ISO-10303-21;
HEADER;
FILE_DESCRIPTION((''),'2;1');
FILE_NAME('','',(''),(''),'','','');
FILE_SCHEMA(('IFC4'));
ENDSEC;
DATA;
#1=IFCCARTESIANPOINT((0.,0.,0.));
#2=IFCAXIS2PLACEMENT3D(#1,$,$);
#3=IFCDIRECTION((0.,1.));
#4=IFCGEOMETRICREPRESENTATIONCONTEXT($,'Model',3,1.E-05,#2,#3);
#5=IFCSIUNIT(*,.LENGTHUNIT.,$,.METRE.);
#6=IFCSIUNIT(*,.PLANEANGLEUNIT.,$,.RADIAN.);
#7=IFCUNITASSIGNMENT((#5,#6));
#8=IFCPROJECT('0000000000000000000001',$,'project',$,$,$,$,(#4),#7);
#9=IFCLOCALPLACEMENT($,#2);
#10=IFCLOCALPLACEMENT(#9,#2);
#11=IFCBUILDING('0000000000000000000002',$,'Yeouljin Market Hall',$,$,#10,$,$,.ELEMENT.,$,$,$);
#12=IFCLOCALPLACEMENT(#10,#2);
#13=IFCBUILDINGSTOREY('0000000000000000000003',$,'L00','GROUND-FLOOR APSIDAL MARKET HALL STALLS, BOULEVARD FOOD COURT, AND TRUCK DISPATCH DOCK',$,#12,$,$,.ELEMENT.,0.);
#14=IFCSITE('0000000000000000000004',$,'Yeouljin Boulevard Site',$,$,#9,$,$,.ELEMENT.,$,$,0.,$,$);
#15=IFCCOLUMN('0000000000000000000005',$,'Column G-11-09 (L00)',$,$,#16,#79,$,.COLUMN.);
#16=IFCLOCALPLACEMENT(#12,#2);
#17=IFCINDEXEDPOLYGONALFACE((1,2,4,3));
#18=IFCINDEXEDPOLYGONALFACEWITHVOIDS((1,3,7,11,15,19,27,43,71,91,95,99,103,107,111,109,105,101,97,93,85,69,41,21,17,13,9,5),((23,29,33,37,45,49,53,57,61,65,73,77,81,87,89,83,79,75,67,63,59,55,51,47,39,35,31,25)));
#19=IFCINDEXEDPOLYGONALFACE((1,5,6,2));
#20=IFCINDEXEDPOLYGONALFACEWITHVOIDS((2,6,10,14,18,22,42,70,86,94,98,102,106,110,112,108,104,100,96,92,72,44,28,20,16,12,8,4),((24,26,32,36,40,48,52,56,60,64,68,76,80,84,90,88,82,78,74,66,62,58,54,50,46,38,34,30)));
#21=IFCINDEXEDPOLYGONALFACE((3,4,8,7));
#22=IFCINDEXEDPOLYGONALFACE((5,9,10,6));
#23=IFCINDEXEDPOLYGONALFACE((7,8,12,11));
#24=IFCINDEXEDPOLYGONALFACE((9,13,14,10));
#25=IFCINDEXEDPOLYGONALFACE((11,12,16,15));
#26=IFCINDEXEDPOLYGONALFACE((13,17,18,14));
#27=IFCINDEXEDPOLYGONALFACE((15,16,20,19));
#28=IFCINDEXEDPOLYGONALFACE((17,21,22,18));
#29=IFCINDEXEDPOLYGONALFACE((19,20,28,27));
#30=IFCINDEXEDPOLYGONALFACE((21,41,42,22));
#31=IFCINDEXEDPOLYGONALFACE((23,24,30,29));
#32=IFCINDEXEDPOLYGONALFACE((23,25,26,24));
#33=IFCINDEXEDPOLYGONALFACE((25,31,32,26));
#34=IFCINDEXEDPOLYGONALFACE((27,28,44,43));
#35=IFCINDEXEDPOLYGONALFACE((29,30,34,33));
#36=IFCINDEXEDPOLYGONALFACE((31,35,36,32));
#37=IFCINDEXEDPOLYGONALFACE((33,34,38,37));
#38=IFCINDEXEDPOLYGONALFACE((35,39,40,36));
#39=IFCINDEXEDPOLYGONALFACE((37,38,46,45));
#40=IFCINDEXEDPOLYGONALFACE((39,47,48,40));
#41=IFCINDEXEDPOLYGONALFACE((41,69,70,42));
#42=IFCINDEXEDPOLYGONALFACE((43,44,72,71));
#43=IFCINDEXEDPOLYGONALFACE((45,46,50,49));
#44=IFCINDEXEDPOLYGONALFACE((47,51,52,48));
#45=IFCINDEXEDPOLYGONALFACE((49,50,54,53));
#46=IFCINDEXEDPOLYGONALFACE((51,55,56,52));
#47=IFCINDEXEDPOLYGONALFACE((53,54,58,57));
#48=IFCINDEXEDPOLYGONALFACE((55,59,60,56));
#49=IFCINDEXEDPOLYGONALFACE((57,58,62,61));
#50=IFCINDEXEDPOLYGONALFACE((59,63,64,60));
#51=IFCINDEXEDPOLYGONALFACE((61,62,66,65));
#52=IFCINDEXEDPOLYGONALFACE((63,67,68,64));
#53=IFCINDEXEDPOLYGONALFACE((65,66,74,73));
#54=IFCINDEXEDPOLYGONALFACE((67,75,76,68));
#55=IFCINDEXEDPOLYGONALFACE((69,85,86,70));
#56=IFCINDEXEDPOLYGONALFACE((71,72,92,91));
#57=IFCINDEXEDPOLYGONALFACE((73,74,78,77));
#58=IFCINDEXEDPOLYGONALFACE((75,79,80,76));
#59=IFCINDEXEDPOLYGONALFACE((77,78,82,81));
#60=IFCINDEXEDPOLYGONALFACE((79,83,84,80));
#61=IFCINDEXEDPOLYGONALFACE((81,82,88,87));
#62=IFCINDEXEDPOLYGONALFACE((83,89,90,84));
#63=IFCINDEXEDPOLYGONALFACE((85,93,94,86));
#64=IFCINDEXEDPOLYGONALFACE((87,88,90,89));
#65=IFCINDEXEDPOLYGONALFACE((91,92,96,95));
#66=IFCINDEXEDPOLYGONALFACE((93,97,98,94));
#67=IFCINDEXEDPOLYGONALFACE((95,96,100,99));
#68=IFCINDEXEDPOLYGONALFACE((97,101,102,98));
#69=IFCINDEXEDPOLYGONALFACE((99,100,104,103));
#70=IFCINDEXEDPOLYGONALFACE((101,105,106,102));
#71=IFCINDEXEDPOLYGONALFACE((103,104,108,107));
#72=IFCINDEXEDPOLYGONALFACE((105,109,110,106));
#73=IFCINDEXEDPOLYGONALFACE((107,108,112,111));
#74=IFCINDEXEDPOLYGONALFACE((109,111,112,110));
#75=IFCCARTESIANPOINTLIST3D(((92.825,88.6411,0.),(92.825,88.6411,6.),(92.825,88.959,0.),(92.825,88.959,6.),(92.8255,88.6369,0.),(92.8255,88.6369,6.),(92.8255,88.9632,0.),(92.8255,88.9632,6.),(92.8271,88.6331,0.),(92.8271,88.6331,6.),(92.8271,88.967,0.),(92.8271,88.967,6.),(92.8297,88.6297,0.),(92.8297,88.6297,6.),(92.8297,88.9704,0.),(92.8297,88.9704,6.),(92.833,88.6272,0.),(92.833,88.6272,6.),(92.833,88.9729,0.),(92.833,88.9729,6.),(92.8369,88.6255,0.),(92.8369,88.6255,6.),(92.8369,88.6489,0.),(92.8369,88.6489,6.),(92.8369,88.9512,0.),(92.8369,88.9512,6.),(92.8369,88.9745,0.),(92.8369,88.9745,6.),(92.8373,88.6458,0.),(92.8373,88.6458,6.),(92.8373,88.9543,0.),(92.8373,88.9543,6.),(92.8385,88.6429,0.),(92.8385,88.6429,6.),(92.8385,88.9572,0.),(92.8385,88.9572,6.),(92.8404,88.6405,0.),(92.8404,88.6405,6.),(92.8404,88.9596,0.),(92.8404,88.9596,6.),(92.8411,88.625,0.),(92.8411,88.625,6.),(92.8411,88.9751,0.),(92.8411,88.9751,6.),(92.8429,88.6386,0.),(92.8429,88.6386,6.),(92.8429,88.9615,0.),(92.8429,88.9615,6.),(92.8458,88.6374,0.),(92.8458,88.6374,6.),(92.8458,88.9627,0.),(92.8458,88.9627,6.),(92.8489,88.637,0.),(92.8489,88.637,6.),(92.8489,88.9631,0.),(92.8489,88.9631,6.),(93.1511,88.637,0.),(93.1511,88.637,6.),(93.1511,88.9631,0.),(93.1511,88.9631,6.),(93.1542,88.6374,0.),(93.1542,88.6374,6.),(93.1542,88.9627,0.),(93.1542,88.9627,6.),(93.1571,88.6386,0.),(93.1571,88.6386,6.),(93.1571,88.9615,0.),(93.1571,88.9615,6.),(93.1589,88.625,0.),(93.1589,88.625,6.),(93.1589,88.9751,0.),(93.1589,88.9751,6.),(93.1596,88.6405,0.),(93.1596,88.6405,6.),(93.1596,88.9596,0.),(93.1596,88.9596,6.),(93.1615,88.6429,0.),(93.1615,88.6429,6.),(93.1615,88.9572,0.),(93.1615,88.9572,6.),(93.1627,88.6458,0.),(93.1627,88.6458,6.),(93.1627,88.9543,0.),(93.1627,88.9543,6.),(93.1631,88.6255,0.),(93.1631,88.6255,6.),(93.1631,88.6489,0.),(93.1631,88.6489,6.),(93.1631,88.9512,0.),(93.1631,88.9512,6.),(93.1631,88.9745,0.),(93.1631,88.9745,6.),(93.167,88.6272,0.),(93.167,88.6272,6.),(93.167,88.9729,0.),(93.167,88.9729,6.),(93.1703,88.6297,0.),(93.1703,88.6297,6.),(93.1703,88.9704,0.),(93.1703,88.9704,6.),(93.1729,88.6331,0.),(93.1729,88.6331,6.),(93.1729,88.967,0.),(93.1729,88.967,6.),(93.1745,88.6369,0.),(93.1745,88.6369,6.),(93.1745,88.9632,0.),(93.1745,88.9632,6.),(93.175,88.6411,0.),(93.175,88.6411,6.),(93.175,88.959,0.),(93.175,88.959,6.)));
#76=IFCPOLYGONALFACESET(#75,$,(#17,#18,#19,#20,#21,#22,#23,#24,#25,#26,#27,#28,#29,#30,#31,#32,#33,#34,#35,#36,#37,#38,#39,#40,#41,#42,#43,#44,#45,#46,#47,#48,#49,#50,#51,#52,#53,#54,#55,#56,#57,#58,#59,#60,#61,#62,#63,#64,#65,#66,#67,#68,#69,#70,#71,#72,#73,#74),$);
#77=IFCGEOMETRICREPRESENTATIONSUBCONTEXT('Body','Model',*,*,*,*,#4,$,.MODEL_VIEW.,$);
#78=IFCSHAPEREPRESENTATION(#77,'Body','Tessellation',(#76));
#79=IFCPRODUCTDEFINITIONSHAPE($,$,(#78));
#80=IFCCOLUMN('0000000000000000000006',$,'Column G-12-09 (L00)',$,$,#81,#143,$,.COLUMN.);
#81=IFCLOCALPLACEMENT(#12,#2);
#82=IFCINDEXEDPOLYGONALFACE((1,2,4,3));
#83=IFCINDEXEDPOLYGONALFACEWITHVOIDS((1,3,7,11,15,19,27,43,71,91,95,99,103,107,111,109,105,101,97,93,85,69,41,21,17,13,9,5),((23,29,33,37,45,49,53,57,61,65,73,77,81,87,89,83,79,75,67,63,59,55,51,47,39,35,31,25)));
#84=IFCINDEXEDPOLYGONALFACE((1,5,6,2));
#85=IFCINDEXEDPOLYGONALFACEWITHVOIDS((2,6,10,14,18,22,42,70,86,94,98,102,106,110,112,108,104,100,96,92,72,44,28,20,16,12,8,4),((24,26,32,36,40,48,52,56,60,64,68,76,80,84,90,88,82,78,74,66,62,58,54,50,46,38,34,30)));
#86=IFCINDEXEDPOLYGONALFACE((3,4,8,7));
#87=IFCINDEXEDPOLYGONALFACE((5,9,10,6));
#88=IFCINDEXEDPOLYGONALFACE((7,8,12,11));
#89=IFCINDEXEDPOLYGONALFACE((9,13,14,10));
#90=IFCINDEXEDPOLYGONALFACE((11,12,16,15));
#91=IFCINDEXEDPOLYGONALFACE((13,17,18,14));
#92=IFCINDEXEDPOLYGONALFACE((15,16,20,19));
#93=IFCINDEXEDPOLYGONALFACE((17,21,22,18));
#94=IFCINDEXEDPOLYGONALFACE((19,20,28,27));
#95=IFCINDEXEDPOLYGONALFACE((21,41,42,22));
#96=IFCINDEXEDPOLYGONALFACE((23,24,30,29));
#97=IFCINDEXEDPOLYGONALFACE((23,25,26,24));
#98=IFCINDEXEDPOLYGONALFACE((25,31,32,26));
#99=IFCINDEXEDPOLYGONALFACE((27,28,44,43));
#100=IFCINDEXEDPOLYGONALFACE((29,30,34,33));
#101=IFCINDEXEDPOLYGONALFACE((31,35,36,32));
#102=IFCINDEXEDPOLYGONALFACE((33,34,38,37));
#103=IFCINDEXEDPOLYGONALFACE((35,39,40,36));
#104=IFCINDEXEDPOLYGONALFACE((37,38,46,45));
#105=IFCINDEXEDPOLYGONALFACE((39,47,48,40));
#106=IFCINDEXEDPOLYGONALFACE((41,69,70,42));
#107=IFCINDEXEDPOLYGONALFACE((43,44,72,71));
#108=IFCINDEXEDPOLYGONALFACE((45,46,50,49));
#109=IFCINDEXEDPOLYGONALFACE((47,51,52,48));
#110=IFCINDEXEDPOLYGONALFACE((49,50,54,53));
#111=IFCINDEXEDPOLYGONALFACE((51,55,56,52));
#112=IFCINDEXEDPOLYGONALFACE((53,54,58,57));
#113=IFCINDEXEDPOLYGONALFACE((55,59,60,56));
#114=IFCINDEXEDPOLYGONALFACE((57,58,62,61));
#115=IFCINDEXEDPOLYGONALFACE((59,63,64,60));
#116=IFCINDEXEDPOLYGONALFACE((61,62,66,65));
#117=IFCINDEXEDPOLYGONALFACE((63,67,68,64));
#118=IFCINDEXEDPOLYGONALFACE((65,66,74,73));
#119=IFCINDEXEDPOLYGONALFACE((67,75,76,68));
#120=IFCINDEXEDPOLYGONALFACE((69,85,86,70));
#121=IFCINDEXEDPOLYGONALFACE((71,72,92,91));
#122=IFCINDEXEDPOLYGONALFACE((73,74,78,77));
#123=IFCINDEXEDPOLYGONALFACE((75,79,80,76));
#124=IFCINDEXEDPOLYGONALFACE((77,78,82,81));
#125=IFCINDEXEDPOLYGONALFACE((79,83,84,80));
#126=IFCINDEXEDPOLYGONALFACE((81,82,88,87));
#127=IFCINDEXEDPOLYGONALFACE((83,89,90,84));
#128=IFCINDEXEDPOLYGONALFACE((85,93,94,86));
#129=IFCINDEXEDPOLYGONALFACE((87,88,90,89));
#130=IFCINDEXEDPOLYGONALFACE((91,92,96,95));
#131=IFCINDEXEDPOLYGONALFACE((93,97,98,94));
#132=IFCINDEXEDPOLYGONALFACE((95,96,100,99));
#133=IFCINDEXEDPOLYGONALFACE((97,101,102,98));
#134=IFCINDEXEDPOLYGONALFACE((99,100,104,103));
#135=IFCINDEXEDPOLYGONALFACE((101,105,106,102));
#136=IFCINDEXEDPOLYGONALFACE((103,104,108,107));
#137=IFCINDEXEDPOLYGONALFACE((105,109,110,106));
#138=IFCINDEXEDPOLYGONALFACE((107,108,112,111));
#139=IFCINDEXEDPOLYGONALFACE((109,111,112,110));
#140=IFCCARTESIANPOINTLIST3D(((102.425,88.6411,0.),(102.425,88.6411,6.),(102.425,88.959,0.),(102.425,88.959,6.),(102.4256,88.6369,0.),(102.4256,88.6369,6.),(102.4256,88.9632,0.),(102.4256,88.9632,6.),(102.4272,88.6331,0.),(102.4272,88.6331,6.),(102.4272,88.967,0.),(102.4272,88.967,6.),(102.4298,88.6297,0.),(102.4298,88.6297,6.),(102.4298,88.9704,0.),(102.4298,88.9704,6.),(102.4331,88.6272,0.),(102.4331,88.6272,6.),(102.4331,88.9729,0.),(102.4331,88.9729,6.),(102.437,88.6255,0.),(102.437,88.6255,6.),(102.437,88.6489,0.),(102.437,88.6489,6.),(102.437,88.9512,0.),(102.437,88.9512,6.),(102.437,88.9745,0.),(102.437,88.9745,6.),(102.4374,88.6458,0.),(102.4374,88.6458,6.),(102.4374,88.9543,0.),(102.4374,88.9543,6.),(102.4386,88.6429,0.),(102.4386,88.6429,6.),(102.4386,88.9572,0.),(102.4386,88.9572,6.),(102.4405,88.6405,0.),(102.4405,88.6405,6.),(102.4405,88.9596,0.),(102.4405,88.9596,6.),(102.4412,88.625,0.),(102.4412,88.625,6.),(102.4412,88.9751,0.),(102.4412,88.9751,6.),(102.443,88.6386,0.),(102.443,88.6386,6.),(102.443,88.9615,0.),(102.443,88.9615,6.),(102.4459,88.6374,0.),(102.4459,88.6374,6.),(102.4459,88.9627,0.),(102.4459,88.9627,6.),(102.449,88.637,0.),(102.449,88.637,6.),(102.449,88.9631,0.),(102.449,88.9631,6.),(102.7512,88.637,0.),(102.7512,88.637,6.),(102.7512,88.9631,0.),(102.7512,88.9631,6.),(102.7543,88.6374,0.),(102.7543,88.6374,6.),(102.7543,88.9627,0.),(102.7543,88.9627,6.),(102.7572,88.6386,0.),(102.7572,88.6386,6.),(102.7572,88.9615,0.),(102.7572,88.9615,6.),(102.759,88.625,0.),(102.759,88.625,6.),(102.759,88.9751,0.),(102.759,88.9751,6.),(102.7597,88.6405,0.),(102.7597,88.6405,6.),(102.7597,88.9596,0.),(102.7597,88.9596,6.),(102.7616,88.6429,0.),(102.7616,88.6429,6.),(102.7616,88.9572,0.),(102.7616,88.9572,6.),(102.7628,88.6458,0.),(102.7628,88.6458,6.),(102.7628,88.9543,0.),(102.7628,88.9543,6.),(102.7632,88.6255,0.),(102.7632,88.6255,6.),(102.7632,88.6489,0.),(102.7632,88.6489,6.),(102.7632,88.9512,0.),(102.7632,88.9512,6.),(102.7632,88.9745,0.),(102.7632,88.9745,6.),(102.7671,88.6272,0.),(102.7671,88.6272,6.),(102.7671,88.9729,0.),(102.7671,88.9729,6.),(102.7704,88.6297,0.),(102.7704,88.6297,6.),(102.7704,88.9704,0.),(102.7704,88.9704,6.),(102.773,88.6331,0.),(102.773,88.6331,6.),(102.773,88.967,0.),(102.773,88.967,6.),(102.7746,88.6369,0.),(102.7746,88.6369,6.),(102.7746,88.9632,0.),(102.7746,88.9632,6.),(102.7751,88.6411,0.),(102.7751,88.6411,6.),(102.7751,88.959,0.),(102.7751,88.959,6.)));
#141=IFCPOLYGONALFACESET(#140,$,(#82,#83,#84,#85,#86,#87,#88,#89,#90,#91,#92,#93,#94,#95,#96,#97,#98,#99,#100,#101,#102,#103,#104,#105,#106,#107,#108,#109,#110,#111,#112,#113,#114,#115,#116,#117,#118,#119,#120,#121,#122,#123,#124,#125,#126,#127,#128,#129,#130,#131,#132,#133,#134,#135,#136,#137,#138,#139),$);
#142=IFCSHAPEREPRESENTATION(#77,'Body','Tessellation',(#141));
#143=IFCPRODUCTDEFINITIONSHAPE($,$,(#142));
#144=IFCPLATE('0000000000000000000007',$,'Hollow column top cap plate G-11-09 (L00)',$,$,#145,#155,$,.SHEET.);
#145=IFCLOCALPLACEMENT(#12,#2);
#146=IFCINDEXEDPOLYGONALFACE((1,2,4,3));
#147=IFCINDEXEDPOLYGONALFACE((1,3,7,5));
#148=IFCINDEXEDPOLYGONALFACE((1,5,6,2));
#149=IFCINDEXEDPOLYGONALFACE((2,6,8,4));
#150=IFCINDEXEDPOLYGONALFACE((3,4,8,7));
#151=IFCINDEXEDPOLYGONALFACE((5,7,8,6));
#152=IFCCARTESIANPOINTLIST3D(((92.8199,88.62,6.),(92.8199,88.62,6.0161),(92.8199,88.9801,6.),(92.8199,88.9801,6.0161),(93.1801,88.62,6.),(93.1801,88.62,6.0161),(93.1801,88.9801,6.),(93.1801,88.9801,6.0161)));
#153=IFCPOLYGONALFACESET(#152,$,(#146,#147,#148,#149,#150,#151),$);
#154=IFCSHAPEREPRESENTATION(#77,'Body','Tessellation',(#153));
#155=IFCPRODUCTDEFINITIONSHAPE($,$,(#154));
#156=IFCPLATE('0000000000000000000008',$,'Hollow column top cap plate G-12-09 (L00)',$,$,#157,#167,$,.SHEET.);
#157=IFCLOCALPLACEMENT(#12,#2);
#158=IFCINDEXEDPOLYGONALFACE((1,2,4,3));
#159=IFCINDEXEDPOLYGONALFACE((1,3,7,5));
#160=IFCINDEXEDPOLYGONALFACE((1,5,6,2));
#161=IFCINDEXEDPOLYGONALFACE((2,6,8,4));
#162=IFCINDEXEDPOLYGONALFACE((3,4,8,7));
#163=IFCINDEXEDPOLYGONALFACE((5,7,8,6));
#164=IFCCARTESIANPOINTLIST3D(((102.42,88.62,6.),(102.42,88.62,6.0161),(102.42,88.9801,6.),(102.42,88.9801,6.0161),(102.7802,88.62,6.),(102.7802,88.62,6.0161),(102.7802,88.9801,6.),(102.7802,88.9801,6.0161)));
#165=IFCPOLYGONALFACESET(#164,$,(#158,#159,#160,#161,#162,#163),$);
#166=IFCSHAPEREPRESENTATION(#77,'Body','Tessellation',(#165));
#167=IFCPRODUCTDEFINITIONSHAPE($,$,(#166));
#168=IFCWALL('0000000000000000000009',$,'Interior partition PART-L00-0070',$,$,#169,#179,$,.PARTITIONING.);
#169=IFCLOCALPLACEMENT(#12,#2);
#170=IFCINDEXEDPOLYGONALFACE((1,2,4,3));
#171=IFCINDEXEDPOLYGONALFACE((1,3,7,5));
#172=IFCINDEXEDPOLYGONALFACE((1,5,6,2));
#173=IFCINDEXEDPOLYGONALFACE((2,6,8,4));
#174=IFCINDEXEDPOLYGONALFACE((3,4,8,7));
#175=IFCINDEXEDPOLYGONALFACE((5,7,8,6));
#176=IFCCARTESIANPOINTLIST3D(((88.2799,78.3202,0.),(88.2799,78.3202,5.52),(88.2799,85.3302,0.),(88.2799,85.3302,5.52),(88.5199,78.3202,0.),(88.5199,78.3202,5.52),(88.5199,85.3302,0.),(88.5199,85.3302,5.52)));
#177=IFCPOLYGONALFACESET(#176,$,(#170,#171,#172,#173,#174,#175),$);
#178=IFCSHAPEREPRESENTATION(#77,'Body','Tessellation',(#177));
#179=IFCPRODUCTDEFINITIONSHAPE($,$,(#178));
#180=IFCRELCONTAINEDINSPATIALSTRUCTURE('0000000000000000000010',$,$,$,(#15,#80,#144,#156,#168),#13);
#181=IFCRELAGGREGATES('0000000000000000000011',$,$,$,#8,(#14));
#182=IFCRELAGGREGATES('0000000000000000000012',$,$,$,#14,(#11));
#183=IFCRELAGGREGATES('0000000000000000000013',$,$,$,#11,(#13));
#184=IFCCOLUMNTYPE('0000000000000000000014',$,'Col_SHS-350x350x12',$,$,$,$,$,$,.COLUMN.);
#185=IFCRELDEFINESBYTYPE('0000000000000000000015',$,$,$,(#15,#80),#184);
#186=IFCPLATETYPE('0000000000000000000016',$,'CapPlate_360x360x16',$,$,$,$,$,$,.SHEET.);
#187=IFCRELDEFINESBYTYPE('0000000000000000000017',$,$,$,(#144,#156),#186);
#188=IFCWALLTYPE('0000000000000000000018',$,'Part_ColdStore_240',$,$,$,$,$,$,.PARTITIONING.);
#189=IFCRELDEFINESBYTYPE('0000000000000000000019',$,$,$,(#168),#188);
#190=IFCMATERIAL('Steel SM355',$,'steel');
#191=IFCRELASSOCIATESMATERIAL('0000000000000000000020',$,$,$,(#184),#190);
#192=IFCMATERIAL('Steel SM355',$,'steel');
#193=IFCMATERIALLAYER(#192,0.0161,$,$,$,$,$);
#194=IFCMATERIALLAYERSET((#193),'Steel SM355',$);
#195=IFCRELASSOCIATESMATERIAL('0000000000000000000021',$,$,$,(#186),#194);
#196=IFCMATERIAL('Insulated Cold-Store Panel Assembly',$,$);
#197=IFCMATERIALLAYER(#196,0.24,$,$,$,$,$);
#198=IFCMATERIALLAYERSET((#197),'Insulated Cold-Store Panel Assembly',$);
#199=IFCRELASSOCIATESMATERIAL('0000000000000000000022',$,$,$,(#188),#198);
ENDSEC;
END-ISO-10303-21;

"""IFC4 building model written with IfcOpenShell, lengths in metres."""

from ifc_helpers import new_model, si_unit, direction, frame, frame_2d, origin, origin_2d, place, context, subcontext, project, spatial, rectangle, hollow_rectangle, extrude, material, layer, layer_set, material_profile, profile_set, type_object, element, save


model = new_model("IFC4")

# Units and contexts
model_context = context("Model", 3, precision=1e-05, world=origin(), true_north=direction((0.0, 1.0)))
body_context = subcontext(model_context, "Body", "Model", "MODEL_VIEW")
ifc_project = project(units=[si_unit("LENGTHUNIT", "METRE"), si_unit("PLANEANGLEUNIT", "RADIAN")], contexts=[model_context])

# Site, building, storey
site_placement = place(None, origin())
site = spatial("IfcSite", under=ifc_project, at=site_placement, Name="Yeouljin Boulevard Site", CompositionType="ELEMENT", RefElevation=0.0)
building_placement = place(site_placement, origin())
building = spatial("IfcBuilding", under=site, at=building_placement, Name="Yeouljin Market Hall", CompositionType="ELEMENT")
storey_placement = place(building_placement, origin())
storey = spatial("IfcBuildingStorey", under=building, at=storey_placement, Name="L00", Description="GROUND-FLOOR APSIDAL MARKET HALL STALLS, BOULEVARD FOOD COURT, AND TRUCK DISPATCH DOCK", CompositionType="ELEMENT", Elevation=0.0)

# Columns
ifc_material_1 = material(Name="Steel SM355", Category="steel")
ifc_material_profile = material_profile(ifc_material_1, hollow_rectangle(XDim=0.3501, YDim=0.3501, WallThickness=0.012, InnerFilletRadius=0.012, OuterFilletRadius=0.0161, at=origin_2d()), Name="SHS-350x350x12")
ifc_profile_set = profile_set([ifc_material_profile], Name="Steel SM355")
column_type = type_object("IfcColumnType", Name="Col_SHS-350x350x12", PredefinedType="COLUMN", material=ifc_profile_set)
for number, where, z_axis, x_axis, name in (
    (1, (93.0, 88.8, 0.0), (0.0, 0.0, 1.0), (1.0, 0.0, 0.0), "Column G-11-09 (L00)"),
    (2, (102.6001, 88.8, 0.0), (0.0, 0.0, 1.0), (1.0, 0.0, 0.0), "Column G-12-09 (L00)"),
):
    element("IfcColumn", number, at=place(storey_placement, frame(where, z_axis=z_axis, x_axis=x_axis)), inside=storey, type_object=column_type, Name=name, PredefinedType="COLUMN", context=body_context, shape_type="SweptSolid", body=[
        extrude(hollow_rectangle(XDim=0.3501, YDim=0.3501, WallThickness=0.012, InnerFilletRadius=0.012, OuterFilletRadius=0.0161, at=origin_2d()), origin(), (0.0, 0.0, 1.0), 6.0),
    ])

# Plates
ifc_material_2 = material(Name="Steel SM355", Category="steel")
ifc_layer_1 = layer(ifc_material_2, 0.0161)
ifc_layer_set_1 = layer_set([ifc_layer_1], Name="Steel SM355")
plate_type = type_object("IfcPlateType", Name="CapPlate_360x360x16", PredefinedType="SHEET", material=ifc_layer_set_1)
for number, where, z_axis, x_axis, name in (
    (3, (93.0, 88.8, 6.0), (0.0, 0.0, 1.0), (1.0, 0.0, 0.0), "Hollow column top cap plate G-11-09 (L00)"),
    (4, (102.6001, 88.8, 6.0), (0.0, 0.0, 1.0), (1.0, 0.0, 0.0), "Hollow column top cap plate G-12-09 (L00)"),
):
    element("IfcPlate", number, at=place(storey_placement, frame(where, z_axis=z_axis, x_axis=x_axis)), inside=storey, type_object=plate_type, Name=name, PredefinedType="SHEET", context=body_context, shape_type="SweptSolid", body=[
        extrude(rectangle(XDim=0.3601, YDim=0.3601, at=origin_2d()), origin(), (0.0, 0.0, 1.0), 0.0161),
    ])

# Wall
ifc_material_3 = material(Name="Insulated Cold-Store Panel Assembly")
ifc_layer_2 = layer(ifc_material_3, 0.24)
ifc_layer_set_2 = layer_set([ifc_layer_2], Name="Insulated Cold-Store Panel Assembly")
wall_type_1 = type_object("IfcWallType", Name="Part_ColdStore_240", PredefinedType="PARTITIONING", material=ifc_layer_set_2)
wall_1_placement = place(storey_placement, frame((88.3999, 85.3301, 0.0), z_axis=(0.0, 0.0, 1.0), x_axis=(0.0, -1.0, 0.0)))
element("IfcWall", 5, at=wall_1_placement, inside=storey, type_object=wall_type_1, Name="Interior partition PART-L00-0070", PredefinedType="PARTITIONING", context=body_context, shape_type="SweptSolid", body=[
    extrude(rectangle(XDim=7.01, YDim=0.24, at=frame_2d((3.5049, 0.0))), origin(), (0.0, 0.0, 1.0), 5.52),
])

save(model, "model.ifc")
